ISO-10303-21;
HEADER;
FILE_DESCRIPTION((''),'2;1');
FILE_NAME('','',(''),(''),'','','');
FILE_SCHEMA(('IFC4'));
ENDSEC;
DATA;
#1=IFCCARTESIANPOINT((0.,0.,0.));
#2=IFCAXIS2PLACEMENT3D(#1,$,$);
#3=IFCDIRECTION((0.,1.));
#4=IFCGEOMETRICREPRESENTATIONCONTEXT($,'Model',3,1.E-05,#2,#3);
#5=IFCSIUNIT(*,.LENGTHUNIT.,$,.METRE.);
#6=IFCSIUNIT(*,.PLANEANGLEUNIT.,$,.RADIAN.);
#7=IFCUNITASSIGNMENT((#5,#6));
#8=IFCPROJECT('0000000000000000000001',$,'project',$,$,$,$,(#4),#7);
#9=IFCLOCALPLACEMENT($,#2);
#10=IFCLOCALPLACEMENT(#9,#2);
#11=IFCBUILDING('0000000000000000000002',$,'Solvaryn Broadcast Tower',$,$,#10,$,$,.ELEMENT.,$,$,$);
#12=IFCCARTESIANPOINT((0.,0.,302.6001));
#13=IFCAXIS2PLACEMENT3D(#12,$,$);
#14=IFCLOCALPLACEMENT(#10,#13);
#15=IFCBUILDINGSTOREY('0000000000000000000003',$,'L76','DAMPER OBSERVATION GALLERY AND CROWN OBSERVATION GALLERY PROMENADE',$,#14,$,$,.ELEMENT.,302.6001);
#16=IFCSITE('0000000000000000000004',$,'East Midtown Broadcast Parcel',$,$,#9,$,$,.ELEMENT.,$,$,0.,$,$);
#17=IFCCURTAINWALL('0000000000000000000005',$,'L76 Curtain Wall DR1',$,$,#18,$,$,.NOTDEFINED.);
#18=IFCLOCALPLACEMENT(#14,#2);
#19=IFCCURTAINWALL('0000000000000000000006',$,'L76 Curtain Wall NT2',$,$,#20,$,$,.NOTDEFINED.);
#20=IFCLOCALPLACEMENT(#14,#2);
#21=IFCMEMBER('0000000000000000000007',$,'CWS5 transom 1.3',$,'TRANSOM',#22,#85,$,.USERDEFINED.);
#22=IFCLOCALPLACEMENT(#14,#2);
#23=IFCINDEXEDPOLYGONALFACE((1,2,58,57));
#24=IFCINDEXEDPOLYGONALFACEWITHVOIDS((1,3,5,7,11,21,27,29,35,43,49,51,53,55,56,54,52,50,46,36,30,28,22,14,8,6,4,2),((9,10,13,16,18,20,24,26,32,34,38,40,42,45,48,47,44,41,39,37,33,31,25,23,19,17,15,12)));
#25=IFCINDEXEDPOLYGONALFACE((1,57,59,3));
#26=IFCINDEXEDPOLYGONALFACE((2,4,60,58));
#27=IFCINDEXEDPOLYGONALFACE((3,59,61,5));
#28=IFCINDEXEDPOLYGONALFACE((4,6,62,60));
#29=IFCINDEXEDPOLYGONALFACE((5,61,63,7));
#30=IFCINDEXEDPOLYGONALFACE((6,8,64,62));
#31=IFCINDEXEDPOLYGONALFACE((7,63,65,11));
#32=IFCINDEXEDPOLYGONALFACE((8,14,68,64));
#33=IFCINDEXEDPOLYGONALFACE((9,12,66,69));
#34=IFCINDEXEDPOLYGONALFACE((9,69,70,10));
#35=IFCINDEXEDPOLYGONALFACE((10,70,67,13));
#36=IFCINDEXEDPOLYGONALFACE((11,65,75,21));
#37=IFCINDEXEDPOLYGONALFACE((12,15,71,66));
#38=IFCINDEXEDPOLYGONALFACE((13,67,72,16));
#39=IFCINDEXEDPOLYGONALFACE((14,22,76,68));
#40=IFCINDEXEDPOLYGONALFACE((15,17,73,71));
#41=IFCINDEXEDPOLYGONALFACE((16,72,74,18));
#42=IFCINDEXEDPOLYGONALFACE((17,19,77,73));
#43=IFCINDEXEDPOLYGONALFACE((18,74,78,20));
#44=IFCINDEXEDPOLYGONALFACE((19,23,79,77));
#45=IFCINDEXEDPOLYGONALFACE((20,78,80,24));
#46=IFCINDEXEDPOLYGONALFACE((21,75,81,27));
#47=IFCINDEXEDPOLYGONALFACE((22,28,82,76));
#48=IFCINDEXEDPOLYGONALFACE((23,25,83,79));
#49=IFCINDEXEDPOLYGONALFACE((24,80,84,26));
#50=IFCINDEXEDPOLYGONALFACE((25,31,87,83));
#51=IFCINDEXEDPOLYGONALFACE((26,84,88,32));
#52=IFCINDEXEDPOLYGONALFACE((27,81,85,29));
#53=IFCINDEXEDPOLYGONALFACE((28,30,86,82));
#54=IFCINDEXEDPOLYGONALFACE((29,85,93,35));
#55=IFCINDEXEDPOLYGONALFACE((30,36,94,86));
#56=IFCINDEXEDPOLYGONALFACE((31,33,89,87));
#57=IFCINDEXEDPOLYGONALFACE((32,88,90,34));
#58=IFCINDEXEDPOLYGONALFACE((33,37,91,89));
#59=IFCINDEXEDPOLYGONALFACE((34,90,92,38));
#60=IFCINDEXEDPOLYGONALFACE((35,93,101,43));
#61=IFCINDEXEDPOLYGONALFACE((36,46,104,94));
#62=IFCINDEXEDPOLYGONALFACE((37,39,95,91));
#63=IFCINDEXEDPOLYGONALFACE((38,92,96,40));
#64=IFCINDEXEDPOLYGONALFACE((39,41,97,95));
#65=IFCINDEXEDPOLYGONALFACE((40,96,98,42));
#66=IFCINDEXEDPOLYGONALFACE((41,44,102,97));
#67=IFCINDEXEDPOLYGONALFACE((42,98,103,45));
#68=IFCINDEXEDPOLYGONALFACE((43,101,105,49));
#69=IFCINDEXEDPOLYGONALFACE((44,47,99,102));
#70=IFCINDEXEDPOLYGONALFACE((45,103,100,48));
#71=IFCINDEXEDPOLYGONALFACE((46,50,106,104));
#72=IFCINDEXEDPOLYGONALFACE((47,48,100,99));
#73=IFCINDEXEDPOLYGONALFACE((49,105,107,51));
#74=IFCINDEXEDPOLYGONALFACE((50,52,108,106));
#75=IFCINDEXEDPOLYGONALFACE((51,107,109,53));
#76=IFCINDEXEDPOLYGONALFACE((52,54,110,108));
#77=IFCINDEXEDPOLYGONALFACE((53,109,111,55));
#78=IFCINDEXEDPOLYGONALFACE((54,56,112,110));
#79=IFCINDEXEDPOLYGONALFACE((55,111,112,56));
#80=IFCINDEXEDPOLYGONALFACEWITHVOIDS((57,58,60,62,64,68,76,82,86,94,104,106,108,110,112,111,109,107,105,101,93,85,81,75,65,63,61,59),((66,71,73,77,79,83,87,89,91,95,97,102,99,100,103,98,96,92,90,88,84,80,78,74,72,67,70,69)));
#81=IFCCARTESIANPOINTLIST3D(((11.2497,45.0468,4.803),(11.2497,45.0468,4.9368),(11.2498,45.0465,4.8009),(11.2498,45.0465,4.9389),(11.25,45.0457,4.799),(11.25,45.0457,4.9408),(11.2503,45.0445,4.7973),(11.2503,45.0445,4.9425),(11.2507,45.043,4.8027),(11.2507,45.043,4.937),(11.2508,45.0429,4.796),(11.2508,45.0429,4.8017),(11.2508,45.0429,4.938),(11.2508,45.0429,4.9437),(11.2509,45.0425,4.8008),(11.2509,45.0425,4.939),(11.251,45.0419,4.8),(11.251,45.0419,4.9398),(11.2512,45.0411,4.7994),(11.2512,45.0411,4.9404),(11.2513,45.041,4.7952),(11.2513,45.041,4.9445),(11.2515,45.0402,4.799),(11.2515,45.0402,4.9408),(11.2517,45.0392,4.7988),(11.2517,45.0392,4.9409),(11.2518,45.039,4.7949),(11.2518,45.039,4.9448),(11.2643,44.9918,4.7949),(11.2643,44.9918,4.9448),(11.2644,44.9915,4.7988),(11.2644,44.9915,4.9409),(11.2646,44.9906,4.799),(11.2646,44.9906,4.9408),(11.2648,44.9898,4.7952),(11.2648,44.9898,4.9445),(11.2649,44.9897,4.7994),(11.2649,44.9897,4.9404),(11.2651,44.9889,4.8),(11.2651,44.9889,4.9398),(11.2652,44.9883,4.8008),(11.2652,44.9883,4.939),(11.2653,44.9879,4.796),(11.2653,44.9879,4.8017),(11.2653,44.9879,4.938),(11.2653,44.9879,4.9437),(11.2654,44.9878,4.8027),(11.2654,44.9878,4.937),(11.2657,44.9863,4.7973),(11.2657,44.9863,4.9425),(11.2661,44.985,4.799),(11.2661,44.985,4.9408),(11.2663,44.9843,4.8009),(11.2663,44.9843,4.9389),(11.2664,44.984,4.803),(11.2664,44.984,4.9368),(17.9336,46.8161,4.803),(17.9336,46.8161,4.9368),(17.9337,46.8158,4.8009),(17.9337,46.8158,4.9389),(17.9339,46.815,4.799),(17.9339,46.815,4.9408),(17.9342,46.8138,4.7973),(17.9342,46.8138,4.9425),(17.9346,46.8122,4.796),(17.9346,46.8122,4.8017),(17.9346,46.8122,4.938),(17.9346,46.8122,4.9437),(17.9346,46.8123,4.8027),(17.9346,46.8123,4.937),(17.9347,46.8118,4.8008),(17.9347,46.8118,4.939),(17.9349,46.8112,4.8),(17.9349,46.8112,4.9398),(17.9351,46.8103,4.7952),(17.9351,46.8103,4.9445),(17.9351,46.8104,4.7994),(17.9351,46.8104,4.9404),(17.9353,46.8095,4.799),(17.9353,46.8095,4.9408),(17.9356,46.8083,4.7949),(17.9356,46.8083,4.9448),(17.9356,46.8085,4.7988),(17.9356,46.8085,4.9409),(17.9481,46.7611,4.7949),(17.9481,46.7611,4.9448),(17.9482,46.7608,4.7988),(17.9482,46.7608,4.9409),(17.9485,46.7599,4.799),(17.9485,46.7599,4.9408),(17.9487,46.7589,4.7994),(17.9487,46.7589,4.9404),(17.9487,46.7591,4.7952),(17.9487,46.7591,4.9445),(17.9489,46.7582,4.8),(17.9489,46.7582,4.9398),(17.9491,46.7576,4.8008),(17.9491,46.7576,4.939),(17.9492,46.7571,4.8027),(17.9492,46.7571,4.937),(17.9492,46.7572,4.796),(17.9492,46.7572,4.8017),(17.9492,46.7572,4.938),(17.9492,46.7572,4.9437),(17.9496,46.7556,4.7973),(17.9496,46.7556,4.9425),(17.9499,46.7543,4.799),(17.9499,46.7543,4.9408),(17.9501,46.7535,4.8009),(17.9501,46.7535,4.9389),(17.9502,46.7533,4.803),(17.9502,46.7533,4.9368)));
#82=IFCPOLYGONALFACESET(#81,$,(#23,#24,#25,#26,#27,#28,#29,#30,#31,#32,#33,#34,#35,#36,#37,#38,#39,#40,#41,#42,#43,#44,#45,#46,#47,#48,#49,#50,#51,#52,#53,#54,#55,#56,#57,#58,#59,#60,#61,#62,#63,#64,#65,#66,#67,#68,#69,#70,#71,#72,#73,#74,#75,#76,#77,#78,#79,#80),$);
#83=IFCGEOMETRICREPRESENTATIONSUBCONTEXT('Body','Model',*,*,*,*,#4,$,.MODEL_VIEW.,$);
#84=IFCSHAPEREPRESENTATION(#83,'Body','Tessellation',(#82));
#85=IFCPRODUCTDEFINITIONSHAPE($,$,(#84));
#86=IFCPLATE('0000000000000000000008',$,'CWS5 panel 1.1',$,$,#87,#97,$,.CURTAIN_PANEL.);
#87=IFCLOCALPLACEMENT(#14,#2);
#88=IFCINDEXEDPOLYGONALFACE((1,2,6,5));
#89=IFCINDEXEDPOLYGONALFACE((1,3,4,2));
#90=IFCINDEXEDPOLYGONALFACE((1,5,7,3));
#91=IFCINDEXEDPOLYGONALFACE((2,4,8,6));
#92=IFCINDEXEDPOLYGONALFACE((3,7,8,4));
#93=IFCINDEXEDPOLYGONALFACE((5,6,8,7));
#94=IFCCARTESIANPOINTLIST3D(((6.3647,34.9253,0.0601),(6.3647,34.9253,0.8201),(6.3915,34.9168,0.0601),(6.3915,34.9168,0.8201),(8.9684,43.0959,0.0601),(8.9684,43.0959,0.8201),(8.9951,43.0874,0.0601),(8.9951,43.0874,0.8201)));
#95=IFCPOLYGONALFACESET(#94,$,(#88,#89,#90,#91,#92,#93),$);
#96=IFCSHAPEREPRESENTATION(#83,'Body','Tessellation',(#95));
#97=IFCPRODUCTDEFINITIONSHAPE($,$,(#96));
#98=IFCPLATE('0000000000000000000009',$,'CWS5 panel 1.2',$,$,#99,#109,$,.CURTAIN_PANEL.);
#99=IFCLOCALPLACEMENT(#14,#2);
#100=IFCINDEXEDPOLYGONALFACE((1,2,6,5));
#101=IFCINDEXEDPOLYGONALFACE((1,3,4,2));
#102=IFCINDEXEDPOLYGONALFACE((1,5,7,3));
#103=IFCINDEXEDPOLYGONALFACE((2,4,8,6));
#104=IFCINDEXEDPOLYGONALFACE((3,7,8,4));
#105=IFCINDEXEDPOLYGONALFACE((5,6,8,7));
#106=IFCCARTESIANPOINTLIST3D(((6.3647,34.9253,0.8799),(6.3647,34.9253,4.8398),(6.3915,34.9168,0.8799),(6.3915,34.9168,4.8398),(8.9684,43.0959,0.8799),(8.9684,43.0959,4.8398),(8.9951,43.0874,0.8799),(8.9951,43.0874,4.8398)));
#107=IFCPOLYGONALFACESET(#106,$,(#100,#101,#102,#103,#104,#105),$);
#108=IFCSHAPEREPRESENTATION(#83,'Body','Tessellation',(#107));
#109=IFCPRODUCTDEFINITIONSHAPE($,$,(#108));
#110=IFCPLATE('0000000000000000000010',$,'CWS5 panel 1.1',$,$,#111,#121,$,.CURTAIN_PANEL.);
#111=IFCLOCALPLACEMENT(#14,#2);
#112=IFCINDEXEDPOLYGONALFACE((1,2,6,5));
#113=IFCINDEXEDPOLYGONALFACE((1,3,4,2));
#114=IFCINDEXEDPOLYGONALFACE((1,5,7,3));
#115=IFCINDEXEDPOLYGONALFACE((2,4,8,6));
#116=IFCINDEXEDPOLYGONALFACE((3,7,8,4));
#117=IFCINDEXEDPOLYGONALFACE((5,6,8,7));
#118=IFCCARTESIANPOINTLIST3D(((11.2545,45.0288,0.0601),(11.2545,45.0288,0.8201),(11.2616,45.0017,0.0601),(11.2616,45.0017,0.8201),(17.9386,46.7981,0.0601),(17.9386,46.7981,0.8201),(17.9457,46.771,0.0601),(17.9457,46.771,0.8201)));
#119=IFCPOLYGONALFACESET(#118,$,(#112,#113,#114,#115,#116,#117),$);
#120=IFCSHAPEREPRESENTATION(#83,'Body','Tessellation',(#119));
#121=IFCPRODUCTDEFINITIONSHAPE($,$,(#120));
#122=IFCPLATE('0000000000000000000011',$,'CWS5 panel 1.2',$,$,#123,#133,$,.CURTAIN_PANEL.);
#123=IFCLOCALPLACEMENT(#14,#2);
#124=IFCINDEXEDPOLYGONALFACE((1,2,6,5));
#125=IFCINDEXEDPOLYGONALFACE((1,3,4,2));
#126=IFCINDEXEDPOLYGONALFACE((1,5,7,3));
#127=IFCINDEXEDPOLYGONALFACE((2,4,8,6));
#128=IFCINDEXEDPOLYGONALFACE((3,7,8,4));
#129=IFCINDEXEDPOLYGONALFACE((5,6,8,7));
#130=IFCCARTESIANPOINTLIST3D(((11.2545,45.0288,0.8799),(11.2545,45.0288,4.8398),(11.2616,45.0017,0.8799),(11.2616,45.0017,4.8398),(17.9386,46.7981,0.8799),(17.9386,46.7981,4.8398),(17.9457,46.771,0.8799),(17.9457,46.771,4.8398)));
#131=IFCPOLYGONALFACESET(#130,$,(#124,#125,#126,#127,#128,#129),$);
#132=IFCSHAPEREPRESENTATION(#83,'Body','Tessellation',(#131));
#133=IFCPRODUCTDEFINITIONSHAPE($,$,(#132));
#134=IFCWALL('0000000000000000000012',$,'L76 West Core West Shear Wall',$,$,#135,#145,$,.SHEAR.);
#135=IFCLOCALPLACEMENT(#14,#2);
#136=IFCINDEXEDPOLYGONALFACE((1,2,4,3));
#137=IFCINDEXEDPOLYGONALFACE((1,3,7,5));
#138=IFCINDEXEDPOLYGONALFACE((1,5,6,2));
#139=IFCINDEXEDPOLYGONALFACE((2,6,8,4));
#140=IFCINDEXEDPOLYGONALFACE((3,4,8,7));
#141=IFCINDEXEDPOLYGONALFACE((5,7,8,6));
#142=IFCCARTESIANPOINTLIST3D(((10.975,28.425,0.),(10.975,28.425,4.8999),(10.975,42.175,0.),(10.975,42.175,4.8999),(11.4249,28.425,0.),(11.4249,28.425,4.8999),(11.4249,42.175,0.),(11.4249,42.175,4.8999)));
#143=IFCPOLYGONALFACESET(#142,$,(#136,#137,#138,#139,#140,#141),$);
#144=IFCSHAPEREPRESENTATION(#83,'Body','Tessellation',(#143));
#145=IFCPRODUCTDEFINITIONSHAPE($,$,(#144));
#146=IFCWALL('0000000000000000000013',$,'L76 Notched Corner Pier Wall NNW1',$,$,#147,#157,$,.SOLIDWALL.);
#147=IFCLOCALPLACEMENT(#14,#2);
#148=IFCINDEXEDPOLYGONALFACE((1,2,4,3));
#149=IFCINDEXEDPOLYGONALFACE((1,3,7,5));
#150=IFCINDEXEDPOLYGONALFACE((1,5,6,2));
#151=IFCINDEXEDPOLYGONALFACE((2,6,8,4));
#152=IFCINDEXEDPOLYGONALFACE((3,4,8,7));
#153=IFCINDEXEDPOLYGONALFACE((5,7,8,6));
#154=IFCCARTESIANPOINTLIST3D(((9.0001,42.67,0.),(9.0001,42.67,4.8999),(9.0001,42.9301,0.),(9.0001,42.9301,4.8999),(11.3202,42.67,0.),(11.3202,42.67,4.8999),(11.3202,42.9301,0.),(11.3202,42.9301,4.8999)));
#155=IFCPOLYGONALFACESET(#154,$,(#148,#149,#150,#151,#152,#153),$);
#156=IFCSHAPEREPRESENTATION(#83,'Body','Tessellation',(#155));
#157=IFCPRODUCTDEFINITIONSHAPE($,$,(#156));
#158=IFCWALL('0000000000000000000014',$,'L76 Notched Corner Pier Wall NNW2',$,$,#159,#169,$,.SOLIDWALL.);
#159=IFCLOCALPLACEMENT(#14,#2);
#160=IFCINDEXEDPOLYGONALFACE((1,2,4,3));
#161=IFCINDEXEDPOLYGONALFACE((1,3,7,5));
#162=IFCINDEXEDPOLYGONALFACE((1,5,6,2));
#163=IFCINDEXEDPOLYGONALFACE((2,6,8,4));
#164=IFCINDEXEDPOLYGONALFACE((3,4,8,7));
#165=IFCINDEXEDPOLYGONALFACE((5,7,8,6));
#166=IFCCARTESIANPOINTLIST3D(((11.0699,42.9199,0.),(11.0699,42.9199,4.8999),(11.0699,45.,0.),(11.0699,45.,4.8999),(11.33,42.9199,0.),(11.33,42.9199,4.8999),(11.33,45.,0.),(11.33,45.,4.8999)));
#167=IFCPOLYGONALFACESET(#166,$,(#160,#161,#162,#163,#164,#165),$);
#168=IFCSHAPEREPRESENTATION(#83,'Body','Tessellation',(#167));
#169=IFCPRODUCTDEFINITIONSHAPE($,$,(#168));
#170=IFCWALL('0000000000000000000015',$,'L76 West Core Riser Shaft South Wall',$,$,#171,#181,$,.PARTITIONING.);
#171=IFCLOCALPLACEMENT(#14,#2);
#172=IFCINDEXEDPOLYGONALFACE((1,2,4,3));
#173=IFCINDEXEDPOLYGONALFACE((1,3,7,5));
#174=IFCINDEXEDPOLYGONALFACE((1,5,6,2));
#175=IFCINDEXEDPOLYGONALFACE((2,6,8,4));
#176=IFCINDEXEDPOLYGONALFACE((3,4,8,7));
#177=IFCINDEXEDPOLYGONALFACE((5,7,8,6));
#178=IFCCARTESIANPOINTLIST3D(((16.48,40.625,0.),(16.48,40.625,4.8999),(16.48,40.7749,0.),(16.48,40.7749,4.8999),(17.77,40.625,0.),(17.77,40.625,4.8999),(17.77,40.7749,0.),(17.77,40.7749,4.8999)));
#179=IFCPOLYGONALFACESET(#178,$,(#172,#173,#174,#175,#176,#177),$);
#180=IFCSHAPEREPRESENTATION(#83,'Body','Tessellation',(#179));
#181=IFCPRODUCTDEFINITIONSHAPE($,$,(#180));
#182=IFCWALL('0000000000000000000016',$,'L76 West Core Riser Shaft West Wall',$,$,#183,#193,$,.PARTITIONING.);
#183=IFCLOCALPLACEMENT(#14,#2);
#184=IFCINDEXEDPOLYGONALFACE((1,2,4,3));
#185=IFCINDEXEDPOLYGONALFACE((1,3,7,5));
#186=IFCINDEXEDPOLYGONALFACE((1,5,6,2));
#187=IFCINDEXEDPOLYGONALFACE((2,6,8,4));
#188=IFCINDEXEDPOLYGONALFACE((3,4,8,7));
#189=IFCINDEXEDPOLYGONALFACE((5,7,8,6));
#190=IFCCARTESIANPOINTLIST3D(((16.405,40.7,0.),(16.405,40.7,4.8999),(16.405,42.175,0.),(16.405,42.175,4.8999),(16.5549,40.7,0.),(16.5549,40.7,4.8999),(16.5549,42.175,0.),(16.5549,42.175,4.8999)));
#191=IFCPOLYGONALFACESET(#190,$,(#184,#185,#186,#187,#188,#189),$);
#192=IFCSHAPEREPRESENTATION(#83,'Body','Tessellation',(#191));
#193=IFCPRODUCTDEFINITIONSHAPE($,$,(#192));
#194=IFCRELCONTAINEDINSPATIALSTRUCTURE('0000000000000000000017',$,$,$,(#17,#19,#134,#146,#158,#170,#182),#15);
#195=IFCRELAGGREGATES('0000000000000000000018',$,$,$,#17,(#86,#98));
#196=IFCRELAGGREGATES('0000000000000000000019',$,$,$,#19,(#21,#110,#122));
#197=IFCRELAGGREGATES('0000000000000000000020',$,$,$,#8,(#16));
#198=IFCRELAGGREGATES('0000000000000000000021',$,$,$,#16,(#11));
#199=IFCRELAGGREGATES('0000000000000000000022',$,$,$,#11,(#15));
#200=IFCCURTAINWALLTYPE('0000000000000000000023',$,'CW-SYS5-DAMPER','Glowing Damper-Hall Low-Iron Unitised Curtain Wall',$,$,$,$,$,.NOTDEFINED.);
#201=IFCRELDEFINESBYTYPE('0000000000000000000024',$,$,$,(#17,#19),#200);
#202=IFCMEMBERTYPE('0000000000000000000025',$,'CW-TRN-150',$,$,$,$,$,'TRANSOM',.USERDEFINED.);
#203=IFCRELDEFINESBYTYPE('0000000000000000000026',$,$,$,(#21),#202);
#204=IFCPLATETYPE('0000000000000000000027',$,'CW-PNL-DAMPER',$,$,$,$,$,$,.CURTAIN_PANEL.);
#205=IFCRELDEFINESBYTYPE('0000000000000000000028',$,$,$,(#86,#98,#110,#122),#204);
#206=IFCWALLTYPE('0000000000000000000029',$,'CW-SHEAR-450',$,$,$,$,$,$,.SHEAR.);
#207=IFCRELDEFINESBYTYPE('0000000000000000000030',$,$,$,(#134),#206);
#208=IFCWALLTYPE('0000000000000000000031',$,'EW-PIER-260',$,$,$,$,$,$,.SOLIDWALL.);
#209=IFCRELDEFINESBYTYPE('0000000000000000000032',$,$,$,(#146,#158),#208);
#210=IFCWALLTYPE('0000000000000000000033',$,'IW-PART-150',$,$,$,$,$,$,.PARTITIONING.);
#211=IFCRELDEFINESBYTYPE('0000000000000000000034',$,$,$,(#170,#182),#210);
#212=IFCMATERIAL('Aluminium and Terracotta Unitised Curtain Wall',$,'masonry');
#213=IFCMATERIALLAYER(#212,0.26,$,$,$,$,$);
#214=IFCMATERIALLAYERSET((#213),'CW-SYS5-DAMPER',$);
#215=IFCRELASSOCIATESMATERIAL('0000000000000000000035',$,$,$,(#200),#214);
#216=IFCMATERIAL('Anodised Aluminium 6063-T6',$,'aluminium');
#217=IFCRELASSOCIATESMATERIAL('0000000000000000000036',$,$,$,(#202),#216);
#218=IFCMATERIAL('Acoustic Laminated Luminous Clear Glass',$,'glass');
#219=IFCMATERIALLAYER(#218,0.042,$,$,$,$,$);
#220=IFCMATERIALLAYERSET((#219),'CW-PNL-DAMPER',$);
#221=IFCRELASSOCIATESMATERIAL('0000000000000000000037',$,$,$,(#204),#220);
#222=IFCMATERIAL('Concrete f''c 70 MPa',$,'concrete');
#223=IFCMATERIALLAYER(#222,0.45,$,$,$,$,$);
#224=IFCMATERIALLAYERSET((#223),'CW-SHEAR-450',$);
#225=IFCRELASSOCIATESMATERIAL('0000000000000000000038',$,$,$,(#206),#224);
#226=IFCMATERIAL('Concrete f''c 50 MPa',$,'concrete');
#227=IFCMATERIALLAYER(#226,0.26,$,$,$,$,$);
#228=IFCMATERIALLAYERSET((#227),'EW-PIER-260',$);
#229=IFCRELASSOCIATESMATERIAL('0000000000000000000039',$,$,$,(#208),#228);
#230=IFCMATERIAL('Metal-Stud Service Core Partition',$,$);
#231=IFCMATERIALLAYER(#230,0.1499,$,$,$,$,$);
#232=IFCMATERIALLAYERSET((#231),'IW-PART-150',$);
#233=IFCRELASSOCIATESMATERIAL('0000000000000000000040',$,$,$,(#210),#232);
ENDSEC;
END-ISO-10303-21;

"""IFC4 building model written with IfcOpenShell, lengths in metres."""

from ifc_helpers import new_model, si_unit, direction, frame, frame_2d, origin, origin_2d, place, context, subcontext, project, spatial, rectangle, hollow_rectangle, extrude, material, layer, layer_set, material_profile, profile_set, type_object, element, aggregate, save


model = new_model("IFC4")

# Units and contexts
model_context = context("Model", 3, precision=1e-05, world=origin(), true_north=direction((0.0, 1.0)))
body_context = subcontext(model_context, "Body", "Model", "MODEL_VIEW")
ifc_project = project(units=[si_unit("LENGTHUNIT", "METRE"), si_unit("PLANEANGLEUNIT", "RADIAN")], contexts=[model_context])

# Site, building, storey
site_placement = place(None, origin())
site = spatial("IfcSite", under=ifc_project, at=site_placement, Name="East Midtown Broadcast Parcel", CompositionType="ELEMENT", RefElevation=0.0)
building_placement = place(site_placement, origin())
building = spatial("IfcBuilding", under=site, at=building_placement, Name="Solvaryn Broadcast Tower", CompositionType="ELEMENT")
storey_placement = place(building_placement, frame((0.0, 0.0, 302.6001)))
storey = spatial("IfcBuildingStorey", under=building, at=storey_placement, Name="L76", Description="DAMPER OBSERVATION GALLERY AND CROWN OBSERVATION GALLERY PROMENADE", CompositionType="ELEMENT", Elevation=302.6001)

# Curtain wall
ifc_material_1 = material(Name="Aluminium and Terracotta Unitised Curtain Wall", Category="masonry")
ifc_layer_1 = layer(ifc_material_1, 0.26)
ifc_layer_set_1 = layer_set([ifc_layer_1], Name="CW-SYS5-DAMPER")
curtain_wall_type = type_object("IfcCurtainWallType", Name="CW-SYS5-DAMPER", Description="Glowing Damper-Hall Low-Iron Unitised Curtain Wall", PredefinedType="NOTDEFINED", material=ifc_layer_set_1)
curtain_wall_1_placement = place(storey_placement, origin())
curtain_wall_1 = element("IfcCurtainWall", 1, at=curtain_wall_1_placement, inside=storey, type_object=curtain_wall_type, Name="L76 Curtain Wall DR1", PredefinedType="NOTDEFINED")

# Curtain wall
curtain_wall_2_placement = place(storey_placement, origin())
curtain_wall_2 = element("IfcCurtainWall", 2, at=curtain_wall_2_placement, inside=storey, type_object=curtain_wall_type, Name="L76 Curtain Wall NT2", PredefinedType="NOTDEFINED")

# Member
ifc_material_2 = material(Name="Anodised Aluminium 6063-T6", Category="aluminium")
ifc_material_profile_1 = material_profile(ifc_material_2, hollow_rectangle(XDim=0.0649, YDim=0.1499, WallThickness=0.0039, InnerFilletRadius=0.0039, OuterFilletRadius=0.0081, at=origin_2d()))
ifc_profile_set_1 = profile_set([ifc_material_profile_1], Name="Anodised Aluminium 6063-T6")
member_type_1 = type_object("IfcMemberType", Name="CW-TRN-150", ElementType="TRANSOM", PredefinedType="USERDEFINED", material=ifc_profile_set_1)
member_1_placement = place(storey_placement, frame((17.9419, 46.7847, 4.8699), z_axis=(-0.966704, -0.255897, 0.0), x_axis=(0.255897, -0.966704, 0.0)))
member_1 = element("IfcMember", 3, at=member_1_placement, type_object=member_type_1, Name="CWS5 transom 1.3", ObjectType="TRANSOM", PredefinedType="USERDEFINED", context=body_context, shape_type="SweptSolid", body=[
    extrude(hollow_rectangle(XDim=0.0649, YDim=0.1499, WallThickness=0.0039, InnerFilletRadius=0.0039, OuterFilletRadius=0.0081, at=origin_2d()), origin(), (0.0, 0.0, 1.0), 6.9141),
])

# Plates
ifc_material_3 = material(Name="Acoustic Laminated Luminous Clear Glass", Category="glass")
ifc_layer_2 = layer(ifc_material_3, 0.042)
ifc_layer_set_2 = layer_set([ifc_layer_2], Name="CW-PNL-DAMPER")
plate_type = type_object("IfcPlateType", Name="CW-PNL-DAMPER", PredefinedType="CURTAIN_PANEL", material=ifc_layer_set_2)
plate_1_placement = place(storey_placement, frame((7.6799, 39.0063, 0.0601), z_axis=(0.0, 0.0, 1.0), x_axis=(-0.303616, -0.952795, 0.0)))
plate_1 = element("IfcPlate", 4, at=plate_1_placement, type_object=plate_type, Name="CWS5 panel 1.1", PredefinedType="CURTAIN_PANEL", context=body_context, shape_type="SweptSolid", body=[
    extrude(rectangle(XDim=8.5754, YDim=0.0281, at=origin_2d()), origin(), (0.0, 0.0, 1.0), 0.76),
])
plate_2_placement = place(storey_placement, frame((7.6799, 39.0063, 0.8799), z_axis=(0.0, 0.0, 1.0), x_axis=(-0.303616, -0.952795, 0.0)))
plate_2 = element("IfcPlate", 5, at=plate_2_placement, type_object=plate_type, Name="CWS5 panel 1.2", PredefinedType="CURTAIN_PANEL", context=body_context, shape_type="SweptSolid", body=[
    extrude(rectangle(XDim=8.5754, YDim=0.0281, at=origin_2d()), origin(), (0.0, 0.0, 1.0), 3.96),
])
aggregate(curtain_wall_1, [plate_1, plate_2])
plate_3_placement = place(storey_placement, frame((14.6001, 45.8999, 0.0601), z_axis=(0.0, 0.0, 1.0), x_axis=(-0.966705, -0.255893, 0.0)))
plate_3 = element("IfcPlate", 6, at=plate_3_placement, type_object=plate_type, Name="CWS5 panel 1.1", PredefinedType="CURTAIN_PANEL", context=body_context, shape_type="SweptSolid", body=[
    extrude(rectangle(XDim=6.9143, YDim=0.0281, at=origin_2d()), origin(), (0.0, 0.0, 1.0), 0.76),
])
plate_4_placement = place(storey_placement, frame((14.6001, 45.8999, 0.8799), z_axis=(0.0, 0.0, 1.0), x_axis=(-0.966705, -0.255893, 0.0)))
plate_4 = element("IfcPlate", 7, at=plate_4_placement, type_object=plate_type, Name="CWS5 panel 1.2", PredefinedType="CURTAIN_PANEL", context=body_context, shape_type="SweptSolid", body=[
    extrude(rectangle(XDim=6.9143, YDim=0.0281, at=origin_2d()), origin(), (0.0, 0.0, 1.0), 3.96),
])
aggregate(curtain_wall_2, [member_1, plate_3, plate_4])

# Walls
ifc_material_4 = material(Name="Concrete f'c 70 MPa", Category="concrete")
ifc_layer_3 = layer(ifc_material_4, 0.45)
ifc_layer_set_3 = layer_set([ifc_layer_3], Name="CW-SHEAR-450")
wall_type_1 = type_object("IfcWallType", Name="CW-SHEAR-450", PredefinedType="SHEAR", material=ifc_layer_set_3)
wall_1_placement = place(storey_placement, frame((11.2, 42.175, 0.0), z_axis=(0.0, 0.0, 1.0), x_axis=(0.0, -1.0, 0.0)))
element("IfcWall", 8, at=wall_1_placement, inside=storey, type_object=wall_type_1, Name="L76 West Core West Shear Wall", PredefinedType="SHEAR", context=body_context, shape_type="SweptSolid", body=[
    extrude(rectangle(XDim=13.75, YDim=0.45, at=frame_2d((6.875, 0.0))), origin(), (0.0, 0.0, 1.0), 4.8999),
])
ifc_material_5 = material(Name="Concrete f'c 50 MPa", Category="concrete")
ifc_layer_4 = layer(ifc_material_5, 0.26)
ifc_layer_set_4 = layer_set([ifc_layer_4], Name="EW-PIER-260")
wall_type_2 = type_object("IfcWallType", Name="EW-PIER-260", PredefinedType="SOLIDWALL", material=ifc_layer_set_4)
wall_2_placement = place(storey_placement, frame((9.0, 42.8, 0.0), z_axis=(0.0, 0.0, 1.0), x_axis=(1.0, 0.0, 0.0)))
element("IfcWall", 9, at=wall_2_placement, inside=storey, type_object=wall_type_2, Name="L76 Notched Corner Pier Wall NNW1", PredefinedType="SOLIDWALL", context=body_context, shape_type="SweptSolid", body=[
    extrude(rectangle(XDim=2.3201, YDim=0.26, at=frame_2d((1.1602, 0.0))), origin(), (0.0, 0.0, 1.0), 4.8999),
])
wall_3_placement = place(storey_placement, frame((11.2, 42.9199, 0.0), z_axis=(0.0, 0.0, 1.0), x_axis=(0.0, 1.0, 0.0)))
element("IfcWall", 10, at=wall_3_placement, inside=storey, type_object=wall_type_2, Name="L76 Notched Corner Pier Wall NNW2", PredefinedType="SOLIDWALL", context=body_context, shape_type="SweptSolid", body=[
    extrude(rectangle(XDim=2.0801, YDim=0.26, at=frame_2d((1.04, 0.0))), origin(), (0.0, 0.0, 1.0), 4.8999),
])
ifc_material_6 = material(Name="Metal-Stud Service Core Partition")
ifc_layer_5 = layer(ifc_material_6, 0.1499)
ifc_layer_set_5 = layer_set([ifc_layer_5], Name="IW-PART-150")
wall_type_3 = type_object("IfcWallType", Name="IW-PART-150", PredefinedType="PARTITIONING", material=ifc_layer_set_5)
wall_4_placement = place(storey_placement, frame((16.48, 40.7, 0.0), z_axis=(0.0, 0.0, 1.0), x_axis=(1.0, 0.0, 0.0)))
element("IfcWall", 11, at=wall_4_placement, inside=storey, type_object=wall_type_3, Name="L76 West Core Riser Shaft South Wall", PredefinedType="PARTITIONING", context=body_context, shape_type="SweptSolid", body=[
    extrude(rectangle(XDim=1.29, YDim=0.1499, at=frame_2d((0.645, 0.0))), origin(), (0.0, 0.0, 1.0), 4.8999),
])
wall_5_placement = place(storey_placement, frame((16.48, 40.7, 0.0), z_axis=(0.0, 0.0, 1.0), x_axis=(0.0, 1.0, 0.0)))
element("IfcWall", 12, at=wall_5_placement, inside=storey, type_object=wall_type_3, Name="L76 West Core Riser Shaft West Wall", PredefinedType="PARTITIONING", context=body_context, shape_type="SweptSolid", body=[
    extrude(rectangle(XDim=1.4751, YDim=0.1499, at=frame_2d((0.7375, 0.0))), origin(), (0.0, 0.0, 1.0), 4.8999),
])

save(model, "model.ifc")
